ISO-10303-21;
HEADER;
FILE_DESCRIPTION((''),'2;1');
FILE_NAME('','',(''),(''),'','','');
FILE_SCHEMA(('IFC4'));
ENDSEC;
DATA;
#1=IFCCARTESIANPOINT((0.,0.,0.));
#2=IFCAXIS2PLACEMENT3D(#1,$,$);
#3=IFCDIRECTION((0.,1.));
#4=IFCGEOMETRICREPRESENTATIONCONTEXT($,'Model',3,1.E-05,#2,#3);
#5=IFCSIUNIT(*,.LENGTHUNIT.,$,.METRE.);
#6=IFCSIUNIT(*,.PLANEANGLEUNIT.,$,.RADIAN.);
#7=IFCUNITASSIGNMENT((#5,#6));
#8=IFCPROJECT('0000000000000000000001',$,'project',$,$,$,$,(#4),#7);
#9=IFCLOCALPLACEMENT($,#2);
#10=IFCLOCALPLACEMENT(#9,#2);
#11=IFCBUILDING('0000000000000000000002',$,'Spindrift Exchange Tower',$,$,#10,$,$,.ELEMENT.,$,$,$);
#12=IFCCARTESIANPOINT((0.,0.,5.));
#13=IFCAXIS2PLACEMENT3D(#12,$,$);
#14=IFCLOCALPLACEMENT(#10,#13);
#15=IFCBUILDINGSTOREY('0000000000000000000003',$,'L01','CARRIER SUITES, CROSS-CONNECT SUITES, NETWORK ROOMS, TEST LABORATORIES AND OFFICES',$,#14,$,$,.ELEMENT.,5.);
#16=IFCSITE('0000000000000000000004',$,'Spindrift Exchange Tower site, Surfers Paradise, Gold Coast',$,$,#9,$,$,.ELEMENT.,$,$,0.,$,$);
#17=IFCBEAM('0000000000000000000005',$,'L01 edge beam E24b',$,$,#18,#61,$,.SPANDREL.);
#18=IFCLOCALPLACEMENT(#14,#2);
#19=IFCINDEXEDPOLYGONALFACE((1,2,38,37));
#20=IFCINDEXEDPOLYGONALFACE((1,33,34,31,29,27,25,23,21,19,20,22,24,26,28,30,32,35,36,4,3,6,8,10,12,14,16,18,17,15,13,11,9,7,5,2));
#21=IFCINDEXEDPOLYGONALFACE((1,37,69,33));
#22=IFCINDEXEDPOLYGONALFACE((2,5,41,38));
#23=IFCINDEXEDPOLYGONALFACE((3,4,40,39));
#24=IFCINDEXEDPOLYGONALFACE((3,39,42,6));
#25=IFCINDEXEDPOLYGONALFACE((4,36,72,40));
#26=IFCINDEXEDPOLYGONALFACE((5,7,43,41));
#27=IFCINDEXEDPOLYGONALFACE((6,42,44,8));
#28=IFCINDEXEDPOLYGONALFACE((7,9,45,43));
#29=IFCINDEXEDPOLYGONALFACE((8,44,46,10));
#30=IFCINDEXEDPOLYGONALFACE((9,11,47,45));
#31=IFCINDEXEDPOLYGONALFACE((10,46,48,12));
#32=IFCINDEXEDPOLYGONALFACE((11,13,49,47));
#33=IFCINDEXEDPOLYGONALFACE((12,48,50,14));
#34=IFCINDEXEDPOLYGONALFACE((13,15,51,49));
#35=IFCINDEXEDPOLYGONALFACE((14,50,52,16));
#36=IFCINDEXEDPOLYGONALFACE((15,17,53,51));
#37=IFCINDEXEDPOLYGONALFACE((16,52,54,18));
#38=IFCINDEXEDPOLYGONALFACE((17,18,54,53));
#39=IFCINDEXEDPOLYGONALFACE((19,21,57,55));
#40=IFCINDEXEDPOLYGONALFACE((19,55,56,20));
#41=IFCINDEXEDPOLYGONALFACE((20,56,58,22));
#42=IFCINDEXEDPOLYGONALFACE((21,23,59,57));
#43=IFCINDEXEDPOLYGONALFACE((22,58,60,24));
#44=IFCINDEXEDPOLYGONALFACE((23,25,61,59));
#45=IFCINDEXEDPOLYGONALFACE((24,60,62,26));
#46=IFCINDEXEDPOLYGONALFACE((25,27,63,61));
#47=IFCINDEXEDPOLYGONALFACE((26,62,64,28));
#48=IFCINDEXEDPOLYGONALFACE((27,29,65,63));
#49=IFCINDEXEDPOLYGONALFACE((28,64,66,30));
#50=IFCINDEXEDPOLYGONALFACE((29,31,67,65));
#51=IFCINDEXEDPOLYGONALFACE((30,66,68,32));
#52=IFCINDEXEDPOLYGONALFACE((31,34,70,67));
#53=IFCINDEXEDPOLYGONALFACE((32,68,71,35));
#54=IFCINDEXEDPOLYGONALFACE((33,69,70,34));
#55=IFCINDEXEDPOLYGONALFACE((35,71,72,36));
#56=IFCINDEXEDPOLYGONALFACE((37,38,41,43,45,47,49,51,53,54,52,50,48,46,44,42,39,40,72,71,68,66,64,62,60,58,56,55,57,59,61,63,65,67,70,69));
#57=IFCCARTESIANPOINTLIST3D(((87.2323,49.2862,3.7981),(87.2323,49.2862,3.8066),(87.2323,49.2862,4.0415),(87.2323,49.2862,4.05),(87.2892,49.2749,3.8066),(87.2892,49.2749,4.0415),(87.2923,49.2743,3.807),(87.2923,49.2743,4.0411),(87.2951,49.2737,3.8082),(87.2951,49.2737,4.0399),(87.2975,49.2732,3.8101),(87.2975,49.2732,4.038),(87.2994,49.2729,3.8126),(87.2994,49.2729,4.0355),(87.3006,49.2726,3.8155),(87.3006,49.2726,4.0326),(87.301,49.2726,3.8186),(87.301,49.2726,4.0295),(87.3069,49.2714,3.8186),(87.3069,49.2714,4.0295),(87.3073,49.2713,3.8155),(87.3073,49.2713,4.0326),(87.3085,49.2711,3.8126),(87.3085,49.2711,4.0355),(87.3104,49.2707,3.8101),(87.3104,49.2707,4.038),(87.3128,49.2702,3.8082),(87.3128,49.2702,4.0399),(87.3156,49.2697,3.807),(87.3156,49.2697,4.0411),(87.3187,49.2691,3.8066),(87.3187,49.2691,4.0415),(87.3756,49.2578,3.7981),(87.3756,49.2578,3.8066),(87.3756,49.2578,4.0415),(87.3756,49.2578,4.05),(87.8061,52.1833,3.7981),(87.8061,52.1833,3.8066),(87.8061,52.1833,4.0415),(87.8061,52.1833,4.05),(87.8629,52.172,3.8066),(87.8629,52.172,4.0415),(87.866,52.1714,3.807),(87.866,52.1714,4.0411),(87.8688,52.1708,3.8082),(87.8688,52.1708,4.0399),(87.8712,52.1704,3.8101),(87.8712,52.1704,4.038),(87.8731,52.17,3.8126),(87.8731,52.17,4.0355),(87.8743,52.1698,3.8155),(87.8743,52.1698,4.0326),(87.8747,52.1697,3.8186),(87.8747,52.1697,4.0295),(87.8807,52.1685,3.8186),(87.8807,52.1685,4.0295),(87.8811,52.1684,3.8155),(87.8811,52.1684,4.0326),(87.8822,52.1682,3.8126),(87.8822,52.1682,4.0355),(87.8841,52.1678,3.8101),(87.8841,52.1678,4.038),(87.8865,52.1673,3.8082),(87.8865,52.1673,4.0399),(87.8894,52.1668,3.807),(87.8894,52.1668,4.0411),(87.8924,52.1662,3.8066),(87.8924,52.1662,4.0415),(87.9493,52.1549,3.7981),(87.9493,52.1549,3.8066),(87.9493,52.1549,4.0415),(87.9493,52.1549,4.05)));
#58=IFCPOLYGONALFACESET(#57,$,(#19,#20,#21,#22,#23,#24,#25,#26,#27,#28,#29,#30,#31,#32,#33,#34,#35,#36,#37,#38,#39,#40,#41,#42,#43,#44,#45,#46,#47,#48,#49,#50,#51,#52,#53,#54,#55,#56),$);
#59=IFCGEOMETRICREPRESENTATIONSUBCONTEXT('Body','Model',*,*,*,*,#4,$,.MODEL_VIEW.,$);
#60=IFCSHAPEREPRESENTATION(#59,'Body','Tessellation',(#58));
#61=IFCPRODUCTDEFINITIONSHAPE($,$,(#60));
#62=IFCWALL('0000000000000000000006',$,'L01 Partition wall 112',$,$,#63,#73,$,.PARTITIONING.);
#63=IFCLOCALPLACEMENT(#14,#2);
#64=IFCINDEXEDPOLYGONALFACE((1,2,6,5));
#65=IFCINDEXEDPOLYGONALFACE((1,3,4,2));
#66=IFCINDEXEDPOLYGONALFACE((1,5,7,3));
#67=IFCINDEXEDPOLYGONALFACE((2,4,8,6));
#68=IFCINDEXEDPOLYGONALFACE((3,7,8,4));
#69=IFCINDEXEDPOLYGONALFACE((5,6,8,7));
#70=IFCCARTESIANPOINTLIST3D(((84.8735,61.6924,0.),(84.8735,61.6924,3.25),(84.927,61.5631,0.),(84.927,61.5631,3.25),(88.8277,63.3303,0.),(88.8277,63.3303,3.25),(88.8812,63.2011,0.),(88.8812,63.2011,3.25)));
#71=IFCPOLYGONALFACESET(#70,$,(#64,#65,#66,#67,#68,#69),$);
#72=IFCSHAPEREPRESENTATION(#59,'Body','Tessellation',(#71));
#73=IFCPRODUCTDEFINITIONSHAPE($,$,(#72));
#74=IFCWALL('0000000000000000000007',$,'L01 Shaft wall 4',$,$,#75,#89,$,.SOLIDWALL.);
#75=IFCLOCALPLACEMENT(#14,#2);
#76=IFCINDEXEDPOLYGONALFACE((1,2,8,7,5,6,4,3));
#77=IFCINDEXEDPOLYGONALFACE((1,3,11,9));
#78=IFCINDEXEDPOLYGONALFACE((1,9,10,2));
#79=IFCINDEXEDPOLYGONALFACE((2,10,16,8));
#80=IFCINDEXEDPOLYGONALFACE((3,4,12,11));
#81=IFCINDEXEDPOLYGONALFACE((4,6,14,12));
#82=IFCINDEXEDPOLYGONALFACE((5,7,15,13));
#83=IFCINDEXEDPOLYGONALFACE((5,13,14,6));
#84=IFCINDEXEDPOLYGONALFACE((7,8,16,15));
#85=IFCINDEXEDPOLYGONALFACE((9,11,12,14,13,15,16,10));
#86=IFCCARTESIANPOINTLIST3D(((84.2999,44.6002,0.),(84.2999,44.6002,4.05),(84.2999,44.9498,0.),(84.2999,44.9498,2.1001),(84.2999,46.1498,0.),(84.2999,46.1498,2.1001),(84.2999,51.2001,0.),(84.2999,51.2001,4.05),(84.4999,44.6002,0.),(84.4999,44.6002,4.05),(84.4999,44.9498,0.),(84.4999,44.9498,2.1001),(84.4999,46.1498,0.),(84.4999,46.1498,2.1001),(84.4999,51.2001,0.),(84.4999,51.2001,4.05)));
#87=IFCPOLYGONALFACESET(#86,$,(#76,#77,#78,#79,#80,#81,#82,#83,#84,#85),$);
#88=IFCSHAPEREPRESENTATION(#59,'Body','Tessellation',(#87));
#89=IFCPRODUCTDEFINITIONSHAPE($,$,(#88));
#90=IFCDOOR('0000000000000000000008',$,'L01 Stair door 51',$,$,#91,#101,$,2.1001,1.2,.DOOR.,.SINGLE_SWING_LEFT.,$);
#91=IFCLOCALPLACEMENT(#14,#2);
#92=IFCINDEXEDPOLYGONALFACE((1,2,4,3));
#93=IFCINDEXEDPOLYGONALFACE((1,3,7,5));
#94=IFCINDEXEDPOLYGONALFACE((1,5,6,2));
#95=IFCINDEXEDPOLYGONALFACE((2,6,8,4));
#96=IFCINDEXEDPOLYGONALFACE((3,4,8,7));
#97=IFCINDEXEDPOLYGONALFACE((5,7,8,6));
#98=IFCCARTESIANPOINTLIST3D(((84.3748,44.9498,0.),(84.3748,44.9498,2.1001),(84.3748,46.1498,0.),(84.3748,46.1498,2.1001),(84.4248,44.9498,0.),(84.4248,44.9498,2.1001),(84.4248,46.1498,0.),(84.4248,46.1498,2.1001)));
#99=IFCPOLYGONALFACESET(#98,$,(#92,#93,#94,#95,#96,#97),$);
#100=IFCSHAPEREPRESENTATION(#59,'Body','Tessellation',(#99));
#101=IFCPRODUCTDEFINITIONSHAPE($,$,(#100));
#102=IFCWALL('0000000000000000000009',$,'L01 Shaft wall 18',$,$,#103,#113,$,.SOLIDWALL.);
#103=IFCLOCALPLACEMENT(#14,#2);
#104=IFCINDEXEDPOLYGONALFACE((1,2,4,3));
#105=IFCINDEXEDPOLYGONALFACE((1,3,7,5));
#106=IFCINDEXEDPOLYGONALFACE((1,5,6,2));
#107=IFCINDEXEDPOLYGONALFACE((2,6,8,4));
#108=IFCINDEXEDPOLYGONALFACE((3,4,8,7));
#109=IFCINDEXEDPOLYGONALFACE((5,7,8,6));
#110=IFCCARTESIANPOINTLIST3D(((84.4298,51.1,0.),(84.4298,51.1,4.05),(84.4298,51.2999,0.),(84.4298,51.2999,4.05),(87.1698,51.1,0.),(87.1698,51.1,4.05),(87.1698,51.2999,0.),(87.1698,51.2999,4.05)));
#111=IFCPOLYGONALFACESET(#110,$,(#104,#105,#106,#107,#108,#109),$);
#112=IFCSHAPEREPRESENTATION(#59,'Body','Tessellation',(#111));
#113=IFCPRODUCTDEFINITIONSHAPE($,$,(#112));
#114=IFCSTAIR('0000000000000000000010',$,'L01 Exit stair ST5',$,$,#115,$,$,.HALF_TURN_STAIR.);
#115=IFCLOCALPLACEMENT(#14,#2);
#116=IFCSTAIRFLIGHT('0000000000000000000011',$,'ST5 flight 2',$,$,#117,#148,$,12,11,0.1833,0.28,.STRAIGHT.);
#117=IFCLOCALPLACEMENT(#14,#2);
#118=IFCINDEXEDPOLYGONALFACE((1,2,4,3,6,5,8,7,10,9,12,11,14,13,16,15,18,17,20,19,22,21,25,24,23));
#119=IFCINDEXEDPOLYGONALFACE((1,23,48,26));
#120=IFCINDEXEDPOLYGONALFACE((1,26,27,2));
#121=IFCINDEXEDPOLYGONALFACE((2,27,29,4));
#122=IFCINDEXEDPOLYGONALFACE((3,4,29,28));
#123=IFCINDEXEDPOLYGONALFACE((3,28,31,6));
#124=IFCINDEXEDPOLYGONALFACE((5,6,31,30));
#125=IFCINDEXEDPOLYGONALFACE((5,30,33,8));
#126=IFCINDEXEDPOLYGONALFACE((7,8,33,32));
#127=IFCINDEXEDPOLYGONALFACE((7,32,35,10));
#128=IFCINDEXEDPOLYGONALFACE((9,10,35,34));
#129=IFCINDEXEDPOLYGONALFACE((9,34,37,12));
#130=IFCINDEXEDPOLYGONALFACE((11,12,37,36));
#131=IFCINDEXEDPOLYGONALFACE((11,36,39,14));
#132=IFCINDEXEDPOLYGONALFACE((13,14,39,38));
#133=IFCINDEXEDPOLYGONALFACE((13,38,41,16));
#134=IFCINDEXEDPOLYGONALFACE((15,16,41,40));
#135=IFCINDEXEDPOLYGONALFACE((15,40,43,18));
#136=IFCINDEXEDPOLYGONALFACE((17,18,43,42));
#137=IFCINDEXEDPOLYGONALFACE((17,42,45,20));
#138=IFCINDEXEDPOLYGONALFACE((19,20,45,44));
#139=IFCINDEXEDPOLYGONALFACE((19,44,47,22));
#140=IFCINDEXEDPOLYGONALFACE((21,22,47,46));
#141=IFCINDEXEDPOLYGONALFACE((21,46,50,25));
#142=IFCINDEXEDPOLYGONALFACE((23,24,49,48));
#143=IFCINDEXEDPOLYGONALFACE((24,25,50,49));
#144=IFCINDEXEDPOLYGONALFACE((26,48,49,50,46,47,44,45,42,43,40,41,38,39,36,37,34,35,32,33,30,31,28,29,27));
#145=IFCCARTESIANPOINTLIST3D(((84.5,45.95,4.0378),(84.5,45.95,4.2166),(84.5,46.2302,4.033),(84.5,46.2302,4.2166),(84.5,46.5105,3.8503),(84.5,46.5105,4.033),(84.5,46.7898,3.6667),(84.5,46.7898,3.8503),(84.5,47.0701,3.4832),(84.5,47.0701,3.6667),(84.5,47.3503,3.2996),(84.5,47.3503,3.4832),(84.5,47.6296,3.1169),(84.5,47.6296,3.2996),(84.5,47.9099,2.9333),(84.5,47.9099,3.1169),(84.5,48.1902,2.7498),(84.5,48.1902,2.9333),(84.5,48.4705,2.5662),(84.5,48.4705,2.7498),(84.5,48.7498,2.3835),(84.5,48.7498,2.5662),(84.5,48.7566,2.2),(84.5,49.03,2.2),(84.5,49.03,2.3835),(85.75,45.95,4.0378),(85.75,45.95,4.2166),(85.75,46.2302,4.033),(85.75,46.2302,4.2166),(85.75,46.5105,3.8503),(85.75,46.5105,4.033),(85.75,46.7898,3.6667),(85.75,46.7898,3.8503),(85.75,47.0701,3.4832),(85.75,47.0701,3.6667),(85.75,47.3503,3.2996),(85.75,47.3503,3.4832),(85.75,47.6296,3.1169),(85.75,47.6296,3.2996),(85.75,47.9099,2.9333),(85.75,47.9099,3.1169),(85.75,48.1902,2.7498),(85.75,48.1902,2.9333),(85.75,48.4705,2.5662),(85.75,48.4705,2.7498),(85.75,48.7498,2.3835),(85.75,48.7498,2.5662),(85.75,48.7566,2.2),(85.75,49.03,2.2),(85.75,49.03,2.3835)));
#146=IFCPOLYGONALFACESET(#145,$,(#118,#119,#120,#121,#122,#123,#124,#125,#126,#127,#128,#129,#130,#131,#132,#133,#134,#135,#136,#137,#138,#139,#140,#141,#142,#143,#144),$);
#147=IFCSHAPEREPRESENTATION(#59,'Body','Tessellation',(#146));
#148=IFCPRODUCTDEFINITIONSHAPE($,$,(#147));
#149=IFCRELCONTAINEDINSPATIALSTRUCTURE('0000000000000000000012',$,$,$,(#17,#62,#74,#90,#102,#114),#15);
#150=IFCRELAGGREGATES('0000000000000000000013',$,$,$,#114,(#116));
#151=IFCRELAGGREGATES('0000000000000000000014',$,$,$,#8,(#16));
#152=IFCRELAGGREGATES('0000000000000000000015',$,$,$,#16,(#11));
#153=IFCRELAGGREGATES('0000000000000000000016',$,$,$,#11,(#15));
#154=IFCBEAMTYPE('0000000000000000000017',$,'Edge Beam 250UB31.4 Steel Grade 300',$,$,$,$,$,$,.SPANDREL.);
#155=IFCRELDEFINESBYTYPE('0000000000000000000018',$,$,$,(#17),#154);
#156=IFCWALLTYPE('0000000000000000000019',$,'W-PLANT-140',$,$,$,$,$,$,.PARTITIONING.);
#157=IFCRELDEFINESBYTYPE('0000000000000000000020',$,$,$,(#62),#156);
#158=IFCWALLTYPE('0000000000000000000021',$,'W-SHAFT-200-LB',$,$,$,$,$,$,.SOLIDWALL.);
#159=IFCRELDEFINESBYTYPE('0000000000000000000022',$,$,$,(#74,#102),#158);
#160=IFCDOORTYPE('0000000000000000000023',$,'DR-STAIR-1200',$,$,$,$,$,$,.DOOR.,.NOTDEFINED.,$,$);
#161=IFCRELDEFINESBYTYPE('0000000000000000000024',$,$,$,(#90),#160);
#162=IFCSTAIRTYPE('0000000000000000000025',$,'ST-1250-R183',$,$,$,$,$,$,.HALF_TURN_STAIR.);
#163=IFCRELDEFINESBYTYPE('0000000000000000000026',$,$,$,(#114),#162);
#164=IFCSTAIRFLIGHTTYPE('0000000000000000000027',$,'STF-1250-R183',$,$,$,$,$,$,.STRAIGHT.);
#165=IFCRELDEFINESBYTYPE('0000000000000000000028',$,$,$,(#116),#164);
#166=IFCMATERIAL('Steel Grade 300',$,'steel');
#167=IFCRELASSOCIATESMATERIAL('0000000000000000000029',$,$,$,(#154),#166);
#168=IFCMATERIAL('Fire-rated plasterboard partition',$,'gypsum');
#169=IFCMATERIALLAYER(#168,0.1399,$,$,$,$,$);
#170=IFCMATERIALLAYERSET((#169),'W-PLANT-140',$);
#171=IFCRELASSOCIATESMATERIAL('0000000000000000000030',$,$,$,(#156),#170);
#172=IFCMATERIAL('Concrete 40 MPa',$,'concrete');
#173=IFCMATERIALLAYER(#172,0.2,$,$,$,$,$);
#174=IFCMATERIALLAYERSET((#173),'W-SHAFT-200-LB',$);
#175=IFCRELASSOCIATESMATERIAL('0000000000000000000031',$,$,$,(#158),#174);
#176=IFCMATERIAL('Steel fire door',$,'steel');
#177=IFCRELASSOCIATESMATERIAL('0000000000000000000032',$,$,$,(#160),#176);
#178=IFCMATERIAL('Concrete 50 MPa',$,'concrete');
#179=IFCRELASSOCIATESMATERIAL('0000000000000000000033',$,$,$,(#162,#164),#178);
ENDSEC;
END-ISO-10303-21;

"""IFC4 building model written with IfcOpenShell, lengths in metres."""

from ifc_helpers import new_model, si_unit, direction, frame, frame_2d, origin, origin_2d, place, context, subcontext, project, spatial, line, indexed_curve, rectangle, i_section, outline, extrude, source, transform, mapped, material, layer, layer_set, material_profile, profile_set, type_object, element, fill, aggregate, save


model = new_model("IFC4")

# Units and contexts
model_context = context("Model", 3, precision=1e-05, world=origin(), true_north=direction((0.0, 1.0)))
body_context = subcontext(model_context, "Body", "Model", "MODEL_VIEW")
ifc_project = project(units=[si_unit("LENGTHUNIT", "METRE"), si_unit("PLANEANGLEUNIT", "RADIAN")], contexts=[model_context])

# Site, building, storey
site_placement = place(None, origin())
site = spatial("IfcSite", under=ifc_project, at=site_placement, Name="Spindrift Exchange Tower site, Surfers Paradise, Gold Coast", CompositionType="ELEMENT", RefElevation=0.0)
building_placement = place(site_placement, origin())
building = spatial("IfcBuilding", under=site, at=building_placement, Name="Spindrift Exchange Tower", CompositionType="ELEMENT")
storey_placement = place(building_placement, frame((0.0, 0.0, 5.0)))
storey = spatial("IfcBuildingStorey", under=building, at=storey_placement, Name="L01", Description="CARRIER SUITES, CROSS-CONNECT SUITES, NETWORK ROOMS, TEST LABORATORIES AND OFFICES", CompositionType="ELEMENT", Elevation=5.0)

# Shared definitions
ifc_material_1 = material(Name="Concrete 50 MPa", Category="concrete")

# Beam
ifc_material_2 = material(Name="Steel Grade 300", Category="steel")
ifc_material_profile_1 = material_profile(ifc_material_2, i_section(OverallWidth=0.146, OverallDepth=0.252, WebThickness=0.0061, FlangeThickness=0.0085, FilletRadius=0.012, at=origin_2d()), Name="250UB31.4")
ifc_profile_set_1 = profile_set([ifc_material_profile_1], Name="Steel Grade 300")
beam_type_1 = type_object("IfcBeamType", Name="Edge Beam 250UB31.4 Steel Grade 300", PredefinedType="SPANDREL", material=ifc_profile_set_1)
shared_shape_1 = source(origin(), body_context, "Body", "SweptSolid", [
    extrude(i_section(OverallWidth=0.146, OverallDepth=0.252, WebThickness=0.0061, FlangeThickness=0.0085, FilletRadius=0.012, at=origin_2d()), origin(), (0.0, 0.0, 1.0), 2.9534),
])
beam_1_placement = place(storey_placement, frame((87.304, 49.272, 3.9241), z_axis=(0.194256, 0.980951, 0.0), x_axis=(-0.980951, 0.194256, 0.0)))
element("IfcBeam", 1, at=beam_1_placement, inside=storey, type_object=beam_type_1, Name="L01 edge beam E24b", PredefinedType="SPANDREL", context=body_context, shape_type="MappedRepresentation", body=[
    mapped(shared_shape_1, transform((0.0, 0.0, 0.0), scale=1.0)),
])

# Wall
ifc_material_3 = material(Name="Fire-rated plasterboard partition", Category="gypsum")
ifc_layer_1 = layer(ifc_material_3, 0.1399)
ifc_layer_set_1 = layer_set([ifc_layer_1], Name="W-PLANT-140")
wall_type_1 = type_object("IfcWallType", Name="W-PLANT-140", PredefinedType="PARTITIONING", material=ifc_layer_set_1)
wall_1_placement = place(storey_placement, frame((84.9001, 61.6277, 0.0), z_axis=(0.0, 0.0, 1.0), x_axis=(0.923872, 0.382703, 0.0)))
element("IfcWall", 2, at=wall_1_placement, inside=storey, type_object=wall_type_1, Name="L01 Partition wall 112", PredefinedType="PARTITIONING", context=body_context, shape_type="SweptSolid", body=[
    extrude(rectangle(XDim=4.28, YDim=0.1399, at=frame_2d((2.1401, 0.0))), origin(), (0.0, 0.0, 1.0), 3.25),
])

# Wall, opening, door
ifc_material_4 = material(Name="Concrete 40 MPa", Category="concrete")
ifc_layer_2 = layer(ifc_material_4, 0.2)
ifc_layer_set_2 = layer_set([ifc_layer_2], Name="W-SHAFT-200-LB")
wall_type_2 = type_object("IfcWallType", Name="W-SHAFT-200-LB", PredefinedType="SOLIDWALL", material=ifc_layer_set_2)
wall_2_placement = place(storey_placement, frame((84.3999, 51.2, 0.0), z_axis=(0.0, 0.0, 1.0), x_axis=(0.0, -1.0, 0.0)))
wall_2 = element("IfcWall", 3, at=wall_2_placement, inside=storey, type_object=wall_type_2, Name="L01 Shaft wall 4", PredefinedType="SOLIDWALL", context=body_context, shape_type="SweptSolid", body=[
    extrude(rectangle(XDim=6.5999, YDim=0.2, at=frame_2d((3.2998, 0.0))), origin(), (0.0, 0.0, 1.0), 4.05),
])
opening_placement = place(wall_2_placement, frame((5.05, 0.0, 0.0)))
opening = element("IfcOpeningElement", 4, at=opening_placement, cuts=wall_2, PredefinedType="OPENING", context=body_context, shape_type="SweptSolid", body=[
    extrude(rectangle(XDim=1.2, YDim=2.1001, at=frame_2d((0.6001, 1.05))), frame((0.0, 0.1099, 0.0), z_axis=(0.0, -1.0, 0.0), x_axis=(1.0, 0.0, 0.0)), (0.0, 0.0, 1.0), 0.22),
])
ifc_material_5 = material(Name="Steel fire door", Category="steel")
door_type = type_object("IfcDoorType", Name="DR-STAIR-1200", OperationType="NOTDEFINED", PredefinedType="DOOR", material=ifc_material_5)
shared_shape_2 = source(origin(), body_context, "Body", "SweptSolid", [
    extrude(rectangle(XDim=1.2, YDim=2.1001, at=frame_2d((0.6001, 1.05))), frame((0.0, 0.0249, 0.0), z_axis=(0.0, -1.0, 0.0), x_axis=(1.0, 0.0, 0.0)), (0.0, 0.0, 1.0), 0.05),
])
door_placement = place(opening_placement, origin())
door = element("IfcDoor", 5, at=door_placement, inside=storey, type_object=door_type, Name="L01 Stair door 51", OperationType="SINGLE_SWING_LEFT", OverallHeight=2.1001, OverallWidth=1.2, PredefinedType="DOOR", context=body_context, shape_type="MappedRepresentation", body=[
    mapped(shared_shape_2, transform((0.0, 0.0, 0.0), scale=1.0)),
])
fill(opening, door)

# Wall
wall_3_placement = place(storey_placement, frame((87.1699, 51.2, 0.0), z_axis=(0.0, 0.0, 1.0), x_axis=(-1.0, 0.0, 0.0)))
element("IfcWall", 6, at=wall_3_placement, inside=storey, type_object=wall_type_2, Name="L01 Shaft wall 18", PredefinedType="SOLIDWALL", context=body_context, shape_type="SweptSolid", body=[
    extrude(rectangle(XDim=2.74, YDim=0.2, at=frame_2d((1.3701, 0.0))), origin(), (0.0, 0.0, 1.0), 4.05),
])

# Stair, stair flight
stair_type = type_object("IfcStairType", Name="ST-1250-R183", PredefinedType="HALF_TURN_STAIR", material=ifc_material_1)
stair_placement = place(storey_placement, origin())
stair = element("IfcStair", 7, at=stair_placement, inside=storey, type_object=stair_type, Name="L01 Exit stair ST5", PredefinedType="HALF_TURN_STAIR")
stair_flight_type = type_object("IfcStairFlightType", Name="STF-1250-R183", PredefinedType="STRAIGHT", material=ifc_material_1)
stair_flight_placement = place(storey_placement, frame((85.125, 49.03, 2.2), z_axis=(0.0, 0.0, 1.0), x_axis=(0.0, -1.0, 0.0)))
stair_flight = element("IfcStairFlight", 8, at=stair_flight_placement, type_object=stair_flight_type, Name="ST5 flight 2", NumberOfRisers=12, NumberOfTreads=11, PredefinedType="STRAIGHT", RiserHeight=0.1833, TreadLength=0.28, context=body_context, shape_type="SweptSolid", body=[
    extrude(outline(indexed_curve([(0.0, 0.0), (0.0, 0.1836), (0.2803, 0.1836), (0.2803, 0.3662), (0.5596, 0.3662), (0.5596, 0.5498), (0.8398, 0.5498), (0.8398, 0.7334), (1.1201, 0.7334), (1.1201, 0.917), (1.4004, 0.917), (1.4004, 1.0996), (1.6797, 1.0996), (1.6797, 1.2832), (1.96, 1.2832), (1.96, 1.4668), (2.2402, 1.4668), (2.2402, 1.6504), (2.5195, 1.6504), (2.5195, 1.833), (2.7998, 1.833), (2.7998, 2.0166), (3.0801, 2.0166), (3.0801, 2.2002), (3.0801, 1.8379), (0.2734, 0.0)], segments=[line(1, 2, 3, 4, 5, 6, 7, 8, 9, 10, 11, 12, 13, 14, 15, 16, 17, 18, 19, 20, 21, 22, 23, 24, 25, 26, 1)], self_intersect=False)), frame((0.0, 0.625, 0.0), z_axis=(0.0, -1.0, 0.0), x_axis=(1.0, 0.0, 0.0)), (0.0, 0.0, 1.0), 1.25),
])
aggregate(stair, [stair_flight])

save(model, "model.ifc")
